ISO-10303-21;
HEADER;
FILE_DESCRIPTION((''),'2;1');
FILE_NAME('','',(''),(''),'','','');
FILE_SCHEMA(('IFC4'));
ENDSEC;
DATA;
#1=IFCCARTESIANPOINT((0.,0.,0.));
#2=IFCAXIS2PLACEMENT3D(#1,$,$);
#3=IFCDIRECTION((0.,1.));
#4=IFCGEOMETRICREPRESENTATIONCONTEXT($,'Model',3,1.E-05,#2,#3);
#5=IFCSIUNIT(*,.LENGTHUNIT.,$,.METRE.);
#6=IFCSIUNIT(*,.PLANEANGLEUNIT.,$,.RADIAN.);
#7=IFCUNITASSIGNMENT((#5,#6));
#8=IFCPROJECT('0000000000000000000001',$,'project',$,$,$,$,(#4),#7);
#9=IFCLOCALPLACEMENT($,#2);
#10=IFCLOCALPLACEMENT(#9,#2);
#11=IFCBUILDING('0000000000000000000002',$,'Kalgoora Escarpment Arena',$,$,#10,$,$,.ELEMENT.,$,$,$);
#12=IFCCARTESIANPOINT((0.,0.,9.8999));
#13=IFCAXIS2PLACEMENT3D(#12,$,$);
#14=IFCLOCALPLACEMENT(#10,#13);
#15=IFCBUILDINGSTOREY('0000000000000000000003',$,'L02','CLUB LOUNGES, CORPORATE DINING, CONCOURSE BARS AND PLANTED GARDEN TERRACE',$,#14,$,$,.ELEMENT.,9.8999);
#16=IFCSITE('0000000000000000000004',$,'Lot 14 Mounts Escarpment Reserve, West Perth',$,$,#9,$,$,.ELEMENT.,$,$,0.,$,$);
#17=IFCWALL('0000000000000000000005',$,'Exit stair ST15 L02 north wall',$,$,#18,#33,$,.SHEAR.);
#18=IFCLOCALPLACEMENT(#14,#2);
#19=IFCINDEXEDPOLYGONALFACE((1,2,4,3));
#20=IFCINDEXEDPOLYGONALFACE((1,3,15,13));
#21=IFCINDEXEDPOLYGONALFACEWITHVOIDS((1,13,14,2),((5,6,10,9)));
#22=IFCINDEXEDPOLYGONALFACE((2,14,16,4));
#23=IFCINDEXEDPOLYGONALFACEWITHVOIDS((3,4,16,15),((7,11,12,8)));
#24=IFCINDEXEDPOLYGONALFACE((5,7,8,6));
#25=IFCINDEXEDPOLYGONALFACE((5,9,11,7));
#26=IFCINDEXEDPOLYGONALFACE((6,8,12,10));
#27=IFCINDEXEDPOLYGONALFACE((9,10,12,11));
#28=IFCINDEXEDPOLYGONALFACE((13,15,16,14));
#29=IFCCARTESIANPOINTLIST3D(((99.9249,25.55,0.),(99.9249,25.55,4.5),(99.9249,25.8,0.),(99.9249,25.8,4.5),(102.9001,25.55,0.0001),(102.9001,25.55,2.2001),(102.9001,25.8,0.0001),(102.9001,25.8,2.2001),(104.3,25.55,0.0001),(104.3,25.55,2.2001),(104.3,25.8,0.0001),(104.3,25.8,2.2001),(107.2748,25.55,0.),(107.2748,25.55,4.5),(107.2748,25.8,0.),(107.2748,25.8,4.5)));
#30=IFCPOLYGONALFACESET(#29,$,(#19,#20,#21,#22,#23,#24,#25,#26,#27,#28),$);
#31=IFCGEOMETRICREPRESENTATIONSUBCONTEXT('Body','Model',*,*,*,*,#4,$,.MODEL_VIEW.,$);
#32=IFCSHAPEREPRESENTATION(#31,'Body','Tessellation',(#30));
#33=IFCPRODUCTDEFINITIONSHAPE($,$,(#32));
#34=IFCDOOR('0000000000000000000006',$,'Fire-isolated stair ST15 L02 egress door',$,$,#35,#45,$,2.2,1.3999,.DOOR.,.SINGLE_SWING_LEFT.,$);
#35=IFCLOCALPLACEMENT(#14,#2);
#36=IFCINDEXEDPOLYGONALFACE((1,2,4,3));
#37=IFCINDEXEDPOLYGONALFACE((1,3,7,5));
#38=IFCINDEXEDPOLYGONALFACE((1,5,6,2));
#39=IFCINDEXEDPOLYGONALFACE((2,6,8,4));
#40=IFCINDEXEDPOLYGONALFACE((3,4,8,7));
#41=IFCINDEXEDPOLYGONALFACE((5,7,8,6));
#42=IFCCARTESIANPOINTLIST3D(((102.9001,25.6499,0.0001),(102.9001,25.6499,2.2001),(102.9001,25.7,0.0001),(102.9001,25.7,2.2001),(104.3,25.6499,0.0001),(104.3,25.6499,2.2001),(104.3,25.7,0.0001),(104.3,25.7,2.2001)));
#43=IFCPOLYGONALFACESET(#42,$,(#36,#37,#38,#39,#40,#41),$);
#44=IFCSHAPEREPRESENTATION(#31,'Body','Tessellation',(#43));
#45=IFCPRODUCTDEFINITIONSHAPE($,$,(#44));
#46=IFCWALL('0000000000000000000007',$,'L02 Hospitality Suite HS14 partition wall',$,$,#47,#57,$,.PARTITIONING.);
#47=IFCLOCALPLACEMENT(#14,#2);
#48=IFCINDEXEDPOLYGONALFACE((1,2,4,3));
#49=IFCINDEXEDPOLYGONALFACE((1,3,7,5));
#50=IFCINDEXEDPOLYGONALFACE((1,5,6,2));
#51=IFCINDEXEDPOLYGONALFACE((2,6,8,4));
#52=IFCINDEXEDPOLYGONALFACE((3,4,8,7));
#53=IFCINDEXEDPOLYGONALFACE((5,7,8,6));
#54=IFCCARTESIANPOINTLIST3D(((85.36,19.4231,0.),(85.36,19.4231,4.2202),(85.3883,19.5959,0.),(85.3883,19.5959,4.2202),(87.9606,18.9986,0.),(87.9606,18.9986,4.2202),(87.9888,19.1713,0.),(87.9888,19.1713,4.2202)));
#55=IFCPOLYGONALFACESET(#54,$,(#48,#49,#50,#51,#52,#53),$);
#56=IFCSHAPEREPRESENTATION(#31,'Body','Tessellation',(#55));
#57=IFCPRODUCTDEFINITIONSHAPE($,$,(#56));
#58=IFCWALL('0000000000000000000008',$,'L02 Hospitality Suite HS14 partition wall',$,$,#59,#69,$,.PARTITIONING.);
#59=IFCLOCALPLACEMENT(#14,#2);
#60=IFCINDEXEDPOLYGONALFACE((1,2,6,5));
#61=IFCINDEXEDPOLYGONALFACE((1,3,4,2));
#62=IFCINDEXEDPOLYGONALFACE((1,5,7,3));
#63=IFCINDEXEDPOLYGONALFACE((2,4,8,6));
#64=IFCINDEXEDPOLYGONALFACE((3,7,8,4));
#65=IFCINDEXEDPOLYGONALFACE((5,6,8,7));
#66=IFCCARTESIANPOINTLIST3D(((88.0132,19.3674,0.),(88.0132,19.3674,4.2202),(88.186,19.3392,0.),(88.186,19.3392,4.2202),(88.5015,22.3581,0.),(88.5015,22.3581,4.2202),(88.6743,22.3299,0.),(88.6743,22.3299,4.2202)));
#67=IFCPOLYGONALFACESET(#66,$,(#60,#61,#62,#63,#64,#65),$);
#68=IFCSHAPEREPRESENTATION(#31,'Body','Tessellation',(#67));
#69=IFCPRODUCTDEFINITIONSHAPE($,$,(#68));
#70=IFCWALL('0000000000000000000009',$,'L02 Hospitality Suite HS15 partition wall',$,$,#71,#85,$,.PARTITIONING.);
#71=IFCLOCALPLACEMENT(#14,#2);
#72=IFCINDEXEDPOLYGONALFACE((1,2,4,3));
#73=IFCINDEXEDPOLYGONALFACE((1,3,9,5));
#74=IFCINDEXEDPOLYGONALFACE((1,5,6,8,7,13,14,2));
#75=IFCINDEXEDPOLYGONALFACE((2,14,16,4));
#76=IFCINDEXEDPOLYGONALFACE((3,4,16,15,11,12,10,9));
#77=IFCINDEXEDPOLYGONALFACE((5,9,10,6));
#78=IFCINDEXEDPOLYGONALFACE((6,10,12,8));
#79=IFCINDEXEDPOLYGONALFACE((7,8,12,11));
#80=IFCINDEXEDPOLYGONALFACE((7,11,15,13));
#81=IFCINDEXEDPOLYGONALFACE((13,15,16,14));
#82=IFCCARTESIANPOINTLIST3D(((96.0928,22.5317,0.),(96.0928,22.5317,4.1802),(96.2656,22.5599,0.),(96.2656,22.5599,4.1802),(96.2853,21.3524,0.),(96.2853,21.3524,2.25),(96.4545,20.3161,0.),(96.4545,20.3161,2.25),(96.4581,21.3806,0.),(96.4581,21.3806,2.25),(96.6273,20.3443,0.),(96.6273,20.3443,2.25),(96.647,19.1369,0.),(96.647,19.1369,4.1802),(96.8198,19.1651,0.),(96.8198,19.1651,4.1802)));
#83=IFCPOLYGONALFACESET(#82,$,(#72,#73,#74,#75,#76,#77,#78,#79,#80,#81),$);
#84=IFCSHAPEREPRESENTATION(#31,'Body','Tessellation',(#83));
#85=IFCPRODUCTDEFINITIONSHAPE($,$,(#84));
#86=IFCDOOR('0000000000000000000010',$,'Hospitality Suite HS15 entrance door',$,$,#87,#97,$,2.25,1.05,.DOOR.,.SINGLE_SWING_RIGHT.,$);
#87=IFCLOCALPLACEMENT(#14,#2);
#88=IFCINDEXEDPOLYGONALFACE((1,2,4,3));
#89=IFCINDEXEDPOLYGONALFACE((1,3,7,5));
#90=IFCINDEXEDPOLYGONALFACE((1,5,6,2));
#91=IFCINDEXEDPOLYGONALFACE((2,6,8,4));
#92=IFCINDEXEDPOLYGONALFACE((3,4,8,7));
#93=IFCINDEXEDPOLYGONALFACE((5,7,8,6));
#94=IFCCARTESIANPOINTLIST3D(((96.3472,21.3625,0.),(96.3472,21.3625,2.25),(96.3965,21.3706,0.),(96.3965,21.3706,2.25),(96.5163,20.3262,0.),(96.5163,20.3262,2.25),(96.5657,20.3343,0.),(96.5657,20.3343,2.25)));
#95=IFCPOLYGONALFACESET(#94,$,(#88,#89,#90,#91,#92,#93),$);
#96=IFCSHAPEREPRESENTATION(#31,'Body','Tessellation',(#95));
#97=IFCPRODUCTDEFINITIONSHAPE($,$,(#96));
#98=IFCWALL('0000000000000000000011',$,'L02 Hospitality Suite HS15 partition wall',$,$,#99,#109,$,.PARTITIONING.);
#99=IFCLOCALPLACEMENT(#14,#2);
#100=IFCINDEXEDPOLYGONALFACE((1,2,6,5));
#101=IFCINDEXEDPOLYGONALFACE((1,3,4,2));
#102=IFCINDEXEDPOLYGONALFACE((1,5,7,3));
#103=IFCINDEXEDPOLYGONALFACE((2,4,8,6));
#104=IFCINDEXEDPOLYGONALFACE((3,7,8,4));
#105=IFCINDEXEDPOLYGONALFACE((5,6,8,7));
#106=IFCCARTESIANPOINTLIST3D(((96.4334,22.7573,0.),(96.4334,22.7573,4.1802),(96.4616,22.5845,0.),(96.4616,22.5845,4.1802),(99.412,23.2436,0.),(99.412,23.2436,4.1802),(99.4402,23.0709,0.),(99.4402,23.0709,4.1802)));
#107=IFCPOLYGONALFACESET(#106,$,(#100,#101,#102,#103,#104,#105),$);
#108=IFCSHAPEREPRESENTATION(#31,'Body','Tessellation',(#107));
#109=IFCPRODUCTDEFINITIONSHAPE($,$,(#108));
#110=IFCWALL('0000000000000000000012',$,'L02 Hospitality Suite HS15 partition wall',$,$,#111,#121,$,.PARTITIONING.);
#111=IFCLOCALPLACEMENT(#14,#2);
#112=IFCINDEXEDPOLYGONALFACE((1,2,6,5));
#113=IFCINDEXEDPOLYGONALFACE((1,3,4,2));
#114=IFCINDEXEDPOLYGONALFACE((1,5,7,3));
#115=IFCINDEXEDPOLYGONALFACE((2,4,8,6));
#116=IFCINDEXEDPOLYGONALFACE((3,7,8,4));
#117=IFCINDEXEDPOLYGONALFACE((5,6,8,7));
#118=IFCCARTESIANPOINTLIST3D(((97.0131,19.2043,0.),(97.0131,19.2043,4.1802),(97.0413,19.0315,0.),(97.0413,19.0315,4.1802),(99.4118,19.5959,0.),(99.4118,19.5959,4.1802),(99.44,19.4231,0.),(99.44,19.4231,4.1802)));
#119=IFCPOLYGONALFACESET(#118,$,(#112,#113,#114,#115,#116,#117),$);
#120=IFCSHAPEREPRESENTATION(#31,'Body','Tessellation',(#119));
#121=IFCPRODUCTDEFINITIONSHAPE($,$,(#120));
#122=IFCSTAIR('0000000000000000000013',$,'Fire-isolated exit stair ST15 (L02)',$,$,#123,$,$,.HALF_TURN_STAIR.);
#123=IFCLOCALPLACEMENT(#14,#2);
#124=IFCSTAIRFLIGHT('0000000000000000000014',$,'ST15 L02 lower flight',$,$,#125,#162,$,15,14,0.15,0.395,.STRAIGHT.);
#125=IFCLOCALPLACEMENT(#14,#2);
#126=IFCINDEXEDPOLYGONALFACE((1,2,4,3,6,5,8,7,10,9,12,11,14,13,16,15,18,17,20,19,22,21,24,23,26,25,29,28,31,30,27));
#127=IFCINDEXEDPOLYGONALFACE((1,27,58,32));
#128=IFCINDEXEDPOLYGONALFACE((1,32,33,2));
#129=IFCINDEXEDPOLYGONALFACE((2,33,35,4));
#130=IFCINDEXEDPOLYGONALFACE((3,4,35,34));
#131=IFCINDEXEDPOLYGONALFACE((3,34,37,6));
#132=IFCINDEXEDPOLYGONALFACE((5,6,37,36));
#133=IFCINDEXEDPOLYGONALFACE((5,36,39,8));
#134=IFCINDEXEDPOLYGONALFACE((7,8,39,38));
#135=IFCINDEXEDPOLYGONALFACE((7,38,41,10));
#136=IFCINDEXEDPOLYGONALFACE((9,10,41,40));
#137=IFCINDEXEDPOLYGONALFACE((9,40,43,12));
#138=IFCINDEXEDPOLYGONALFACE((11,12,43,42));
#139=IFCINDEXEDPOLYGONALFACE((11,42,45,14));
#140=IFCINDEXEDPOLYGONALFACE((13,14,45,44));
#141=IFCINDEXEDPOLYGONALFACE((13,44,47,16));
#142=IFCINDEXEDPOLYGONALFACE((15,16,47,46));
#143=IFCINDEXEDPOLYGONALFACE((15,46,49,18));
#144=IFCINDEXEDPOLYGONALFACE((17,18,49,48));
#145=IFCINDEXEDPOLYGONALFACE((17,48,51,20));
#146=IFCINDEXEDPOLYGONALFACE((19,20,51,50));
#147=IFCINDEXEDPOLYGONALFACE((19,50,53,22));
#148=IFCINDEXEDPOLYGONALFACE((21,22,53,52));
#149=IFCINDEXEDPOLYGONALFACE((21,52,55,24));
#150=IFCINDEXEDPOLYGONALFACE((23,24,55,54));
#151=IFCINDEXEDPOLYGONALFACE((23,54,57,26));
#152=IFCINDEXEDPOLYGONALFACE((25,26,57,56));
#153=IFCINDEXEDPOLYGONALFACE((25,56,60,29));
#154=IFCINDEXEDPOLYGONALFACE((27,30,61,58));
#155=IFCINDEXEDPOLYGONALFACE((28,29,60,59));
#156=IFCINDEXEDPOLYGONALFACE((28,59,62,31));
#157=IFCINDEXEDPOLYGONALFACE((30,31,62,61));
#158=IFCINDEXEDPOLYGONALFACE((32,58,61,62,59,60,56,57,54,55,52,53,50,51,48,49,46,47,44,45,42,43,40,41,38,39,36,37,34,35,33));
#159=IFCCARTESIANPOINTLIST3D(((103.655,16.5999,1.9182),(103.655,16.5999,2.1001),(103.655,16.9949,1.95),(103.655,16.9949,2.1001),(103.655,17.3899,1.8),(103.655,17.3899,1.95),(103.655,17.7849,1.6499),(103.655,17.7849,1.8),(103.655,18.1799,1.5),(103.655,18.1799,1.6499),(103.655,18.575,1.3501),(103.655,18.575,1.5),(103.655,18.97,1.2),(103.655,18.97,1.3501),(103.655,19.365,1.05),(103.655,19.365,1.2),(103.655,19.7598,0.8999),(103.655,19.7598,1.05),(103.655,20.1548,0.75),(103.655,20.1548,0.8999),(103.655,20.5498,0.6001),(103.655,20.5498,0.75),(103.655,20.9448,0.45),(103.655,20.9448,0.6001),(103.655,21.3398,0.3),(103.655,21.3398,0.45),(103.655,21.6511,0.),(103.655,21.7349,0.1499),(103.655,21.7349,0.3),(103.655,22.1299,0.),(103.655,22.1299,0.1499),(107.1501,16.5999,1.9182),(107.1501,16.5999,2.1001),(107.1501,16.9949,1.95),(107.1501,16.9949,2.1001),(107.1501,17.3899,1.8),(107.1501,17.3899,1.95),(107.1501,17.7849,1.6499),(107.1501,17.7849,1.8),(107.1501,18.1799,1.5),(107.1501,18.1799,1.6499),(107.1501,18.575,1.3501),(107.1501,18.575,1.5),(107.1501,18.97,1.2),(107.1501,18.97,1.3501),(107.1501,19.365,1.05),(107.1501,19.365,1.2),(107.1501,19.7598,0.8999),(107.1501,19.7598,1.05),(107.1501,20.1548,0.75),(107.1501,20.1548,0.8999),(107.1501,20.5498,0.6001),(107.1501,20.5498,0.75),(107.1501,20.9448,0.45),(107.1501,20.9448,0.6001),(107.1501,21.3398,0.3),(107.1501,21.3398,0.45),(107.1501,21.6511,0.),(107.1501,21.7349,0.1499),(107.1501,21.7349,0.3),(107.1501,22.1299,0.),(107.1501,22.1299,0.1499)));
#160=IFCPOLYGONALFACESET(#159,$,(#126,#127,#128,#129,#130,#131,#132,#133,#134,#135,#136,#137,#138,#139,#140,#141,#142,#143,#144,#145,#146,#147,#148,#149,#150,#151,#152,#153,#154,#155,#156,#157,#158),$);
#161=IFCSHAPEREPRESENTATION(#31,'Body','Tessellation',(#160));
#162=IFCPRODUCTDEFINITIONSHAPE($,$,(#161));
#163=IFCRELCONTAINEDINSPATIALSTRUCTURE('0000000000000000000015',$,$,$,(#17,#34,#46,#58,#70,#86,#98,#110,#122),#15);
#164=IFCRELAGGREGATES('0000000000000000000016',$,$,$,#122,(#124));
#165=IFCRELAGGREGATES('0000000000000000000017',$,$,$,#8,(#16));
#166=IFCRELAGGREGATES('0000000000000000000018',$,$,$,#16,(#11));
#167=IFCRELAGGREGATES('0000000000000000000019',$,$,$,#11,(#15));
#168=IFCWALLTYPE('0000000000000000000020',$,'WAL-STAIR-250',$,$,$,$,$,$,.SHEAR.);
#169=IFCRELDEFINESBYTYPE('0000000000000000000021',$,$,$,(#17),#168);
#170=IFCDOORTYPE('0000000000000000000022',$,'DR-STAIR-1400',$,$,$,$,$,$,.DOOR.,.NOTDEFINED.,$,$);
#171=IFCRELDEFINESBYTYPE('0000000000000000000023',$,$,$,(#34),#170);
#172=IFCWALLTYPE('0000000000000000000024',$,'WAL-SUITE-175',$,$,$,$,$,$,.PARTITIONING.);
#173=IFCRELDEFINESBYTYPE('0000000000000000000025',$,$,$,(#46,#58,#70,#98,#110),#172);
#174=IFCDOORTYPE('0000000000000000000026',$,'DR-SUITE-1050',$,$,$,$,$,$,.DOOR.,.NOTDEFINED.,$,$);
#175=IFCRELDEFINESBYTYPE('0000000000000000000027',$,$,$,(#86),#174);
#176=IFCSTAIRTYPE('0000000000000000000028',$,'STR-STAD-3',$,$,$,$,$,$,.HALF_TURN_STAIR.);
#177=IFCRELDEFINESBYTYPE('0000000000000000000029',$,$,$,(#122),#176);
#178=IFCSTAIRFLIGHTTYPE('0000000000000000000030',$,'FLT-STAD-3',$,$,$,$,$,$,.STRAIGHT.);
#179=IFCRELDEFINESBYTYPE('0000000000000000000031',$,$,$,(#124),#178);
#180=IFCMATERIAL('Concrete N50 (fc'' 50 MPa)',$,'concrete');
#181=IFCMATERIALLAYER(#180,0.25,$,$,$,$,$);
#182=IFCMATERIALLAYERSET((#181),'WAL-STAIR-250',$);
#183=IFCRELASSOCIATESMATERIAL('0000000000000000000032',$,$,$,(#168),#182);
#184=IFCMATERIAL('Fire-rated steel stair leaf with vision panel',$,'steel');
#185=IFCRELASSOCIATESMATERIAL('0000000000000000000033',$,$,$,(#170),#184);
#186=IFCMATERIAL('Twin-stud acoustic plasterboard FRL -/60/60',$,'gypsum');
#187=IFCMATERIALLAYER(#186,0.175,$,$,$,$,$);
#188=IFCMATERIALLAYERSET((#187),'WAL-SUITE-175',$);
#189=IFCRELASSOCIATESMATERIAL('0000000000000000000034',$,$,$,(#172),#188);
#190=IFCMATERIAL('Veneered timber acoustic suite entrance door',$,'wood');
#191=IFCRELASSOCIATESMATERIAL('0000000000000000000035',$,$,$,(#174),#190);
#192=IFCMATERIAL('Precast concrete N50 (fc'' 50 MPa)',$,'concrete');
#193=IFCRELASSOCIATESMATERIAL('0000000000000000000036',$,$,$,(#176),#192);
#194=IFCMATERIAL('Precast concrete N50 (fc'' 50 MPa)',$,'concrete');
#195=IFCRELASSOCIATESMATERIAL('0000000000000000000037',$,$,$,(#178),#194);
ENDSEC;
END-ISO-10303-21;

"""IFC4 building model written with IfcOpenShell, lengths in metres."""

from ifc_helpers import new_model, si_unit, direction, frame, frame_2d, origin, place, context, subcontext, project, spatial, polyline, rectangle, outline, extrude, material, layer, layer_set, type_object, element, fill, aggregate, save


model = new_model("IFC4")

# Units and contexts
model_context = context("Model", 3, precision=1e-05, world=origin(), true_north=direction((0.0, 1.0)))
body_context = subcontext(model_context, "Body", "Model", "MODEL_VIEW")
ifc_project = project(units=[si_unit("LENGTHUNIT", "METRE"), si_unit("PLANEANGLEUNIT", "RADIAN")], contexts=[model_context])

# Site, building, storey
site_placement = place(None, origin())
site = spatial("IfcSite", under=ifc_project, at=site_placement, Name="Lot 14 Mounts Escarpment Reserve, West Perth", CompositionType="ELEMENT", RefElevation=0.0)
building_placement = place(site_placement, origin())
building = spatial("IfcBuilding", under=site, at=building_placement, Name="Kalgoora Escarpment Arena", CompositionType="ELEMENT")
storey_placement = place(building_placement, frame((0.0, 0.0, 9.8999)))
storey = spatial("IfcBuildingStorey", under=building, at=storey_placement, Name="L02", Description="CLUB LOUNGES, CORPORATE DINING, CONCOURSE BARS AND PLANTED GARDEN TERRACE", CompositionType="ELEMENT", Elevation=9.8999)

# Wall, opening, door
ifc_material_1 = material(Name="Concrete N50 (fc' 50 MPa)", Category="concrete")
ifc_layer_1 = layer(ifc_material_1, 0.25)
ifc_layer_set_1 = layer_set([ifc_layer_1], Name="WAL-STAIR-250")
wall_type_1 = type_object("IfcWallType", Name="WAL-STAIR-250", PredefinedType="SHEAR", material=ifc_layer_set_1)
wall_1_placement = place(storey_placement, frame((99.925, 25.675, 0.0), z_axis=(0.0, 0.0, 1.0), x_axis=(1.0, 0.0, 0.0)))
wall_1 = element("IfcWall", 1, at=wall_1_placement, inside=storey, type_object=wall_type_1, Name="Exit stair ST15 L02 north wall", PredefinedType="SHEAR", context=body_context, shape_type="SweptSolid", body=[
    extrude(rectangle(XDim=7.3499, YDim=0.25, at=frame_2d((3.6748, 0.0))), origin(), (0.0, 0.0, 1.0), 4.5),
])
opening_1_placement = place(wall_1_placement, frame((2.9751, 0.0, 0.0)))
opening_1 = element("IfcOpeningElement", 2, at=opening_1_placement, cuts=wall_1, PredefinedType="OPENING", context=body_context, shape_type="SweptSolid", body=[
    extrude(rectangle(XDim=1.3999, YDim=2.2, at=frame_2d((0.7, 1.1001))), frame((0.0, 0.135, 0.0), z_axis=(0.0, -1.0, 0.0), x_axis=(1.0, 0.0, 0.0)), (0.0, 0.0, 1.0), 0.27),
])
ifc_material_2 = material(Name="Fire-rated steel stair leaf with vision panel", Category="steel")
door_type_1 = type_object("IfcDoorType", Name="DR-STAIR-1400", OperationType="NOTDEFINED", PredefinedType="DOOR", material=ifc_material_2)
door_1_placement = place(opening_1_placement, origin())
door_1 = element("IfcDoor", 3, at=door_1_placement, inside=storey, type_object=door_type_1, Name="Fire-isolated stair ST15 L02 egress door", OperationType="SINGLE_SWING_LEFT", OverallHeight=2.2, OverallWidth=1.3999, PredefinedType="DOOR", context=body_context, shape_type="SweptSolid", body=[
    extrude(rectangle(XDim=1.3999, YDim=2.2, at=frame_2d((0.7, 1.1001))), frame((0.0, 0.0249, 0.0), z_axis=(0.0, -1.0, 0.0), x_axis=(1.0, 0.0, 0.0)), (0.0, 0.0, 1.0), 0.05),
])
fill(opening_1, door_1)

# Walls
ifc_material_3 = material(Name="Twin-stud acoustic plasterboard FRL -/60/60", Category="gypsum")
ifc_layer_2 = layer(ifc_material_3, 0.175)
ifc_layer_set_2 = layer_set([ifc_layer_2], Name="WAL-SUITE-175")
wall_type_2 = type_object("IfcWallType", Name="WAL-SUITE-175", PredefinedType="PARTITIONING", material=ifc_layer_set_2)
wall_2_placement = place(storey_placement, frame((87.9746, 19.085, 0.0), z_axis=(0.0, 0.0, 1.0), x_axis=(-0.986934, 0.161123, 0.0)))
element("IfcWall", 4, at=wall_2_placement, inside=storey, type_object=wall_type_2, Name="L02 Hospitality Suite HS14 partition wall", PredefinedType="PARTITIONING", context=body_context, shape_type="SweptSolid", body=[
    extrude(rectangle(XDim=2.635, YDim=0.175, at=frame_2d((1.3174, 0.0))), origin(), (0.0, 0.0, 1.0), 4.2202),
])
wall_3_placement = place(storey_placement, frame((88.5879, 22.344, 0.0), z_axis=(0.0, 0.0, 1.0), x_axis=(-0.161132, -0.986933, 0.0)))
element("IfcWall", 5, at=wall_3_placement, inside=storey, type_object=wall_type_2, Name="L02 Hospitality Suite HS14 partition wall", PredefinedType="PARTITIONING", context=body_context, shape_type="SweptSolid", body=[
    extrude(rectangle(XDim=3.0303, YDim=0.175, at=frame_2d((1.5151, 0.0))), origin(), (0.0, 0.0, 1.0), 4.2202),
])

# Wall, opening, door
wall_4_placement = place(storey_placement, frame((96.7334, 19.1511, 0.0), z_axis=(0.0, 0.0, 1.0), x_axis=(-0.161118, 0.986935, 0.0)))
wall_4 = element("IfcWall", 6, at=wall_4_placement, inside=storey, type_object=wall_type_2, Name="L02 Hospitality Suite HS15 partition wall", PredefinedType="PARTITIONING", context=body_context, shape_type="SweptSolid", body=[
    extrude(rectangle(XDim=3.4397, YDim=0.175, at=frame_2d((1.7197, 0.0))), origin(), (0.0, 0.0, 1.0), 4.1802),
])
opening_2_placement = place(wall_4_placement, frame((1.1948, 0.0, 0.0)))
opening_2 = element("IfcOpeningElement", 7, at=opening_2_placement, cuts=wall_4, PredefinedType="OPENING", context=body_context, shape_type="SweptSolid", body=[
    extrude(rectangle(XDim=1.05, YDim=2.25, at=frame_2d((0.5249, 1.125))), frame((0.0, 0.0974, 0.0), z_axis=(0.0, -1.0, 0.0), x_axis=(1.0, 0.0, 0.0)), (0.0, 0.0, 1.0), 0.1951),
])
ifc_material_4 = material(Name="Veneered timber acoustic suite entrance door", Category="wood")
door_type_2 = type_object("IfcDoorType", Name="DR-SUITE-1050", OperationType="NOTDEFINED", PredefinedType="DOOR", material=ifc_material_4)
door_2_placement = place(opening_2_placement, origin())
door_2 = element("IfcDoor", 8, at=door_2_placement, inside=storey, type_object=door_type_2, Name="Hospitality Suite HS15 entrance door", OperationType="SINGLE_SWING_RIGHT", OverallHeight=2.25, OverallWidth=1.05, PredefinedType="DOOR", context=body_context, shape_type="SweptSolid", body=[
    extrude(rectangle(XDim=1.05, YDim=2.25, at=frame_2d((0.5249, 1.125))), frame((0.0, 0.0249, 0.0), z_axis=(0.0, -1.0, 0.0), x_axis=(1.0, 0.0, 0.0)), (0.0, 0.0, 1.0), 0.05),
])
fill(opening_2, door_2)

# Walls
wall_5_placement = place(storey_placement, frame((96.4475, 22.6709, 0.0), z_axis=(0.0, 0.0, 1.0), x_axis=(0.986931, 0.161145, 0.0)))
element("IfcWall", 9, at=wall_5_placement, inside=storey, type_object=wall_type_2, Name="L02 Hospitality Suite HS15 partition wall", PredefinedType="PARTITIONING", context=body_context, shape_type="SweptSolid", body=[
    extrude(rectangle(XDim=3.0181, YDim=0.175, at=frame_2d((1.509, 0.0))), origin(), (0.0, 0.0, 1.0), 4.1802),
])
wall_6_placement = place(storey_placement, frame((99.426, 19.5095, 0.0), z_axis=(0.0, 0.0, 1.0), x_axis=(-0.986934, -0.161124, 0.0)))
element("IfcWall", 10, at=wall_6_placement, inside=storey, type_object=wall_type_2, Name="L02 Hospitality Suite HS15 partition wall", PredefinedType="PARTITIONING", context=body_context, shape_type="SweptSolid", body=[
    extrude(rectangle(XDim=2.4304, YDim=0.175, at=frame_2d((1.2153, 0.0))), origin(), (0.0, 0.0, 1.0), 4.1802),
])

# Stair, stair flight
ifc_material_5 = material(Name="Precast concrete N50 (fc' 50 MPa)", Category="concrete")
stair_type = type_object("IfcStairType", Name="STR-STAD-3", PredefinedType="HALF_TURN_STAIR", material=ifc_material_5)
stair_placement = place(storey_placement, origin())
stair = element("IfcStair", 11, at=stair_placement, inside=storey, type_object=stair_type, Name="Fire-isolated exit stair ST15 (L02)", PredefinedType="HALF_TURN_STAIR")
ifc_material_6 = material(Name="Precast concrete N50 (fc' 50 MPa)", Category="concrete")
stair_flight_type = type_object("IfcStairFlightType", Name="FLT-STAD-3", PredefinedType="STRAIGHT", material=ifc_material_6)
stair_flight_1_placement = place(storey_placement, frame((105.4026, 22.1299, 0.0), z_axis=(0.0, 0.0, 1.0), x_axis=(0.0, -1.0, 0.0)))
stair_flight_1 = element("IfcStairFlight", 12, at=stair_flight_1_placement, type_object=stair_flight_type, Name="ST15 L02 lower flight", NumberOfRisers=15, NumberOfTreads=14, PredefinedType="STRAIGHT", RiserHeight=0.15, TreadLength=0.395, context=body_context, shape_type="SweptSolid", body=[
    extrude(outline(polyline([(0.0, 0.0), (0.0, 0.1499), (0.395, 0.1499), (0.395, 0.3), (0.79, 0.3), (0.79, 0.45), (1.1851, 0.45), (1.1851, 0.6001), (1.5801, 0.6001), (1.5801, 0.75), (1.9751, 0.75), (1.9751, 0.8999), (2.3701, 0.8999), (2.3701, 1.05), (2.7649, 1.05), (2.7649, 1.2), (3.1599, 1.2), (3.1599, 1.3501), (3.5549, 1.3501), (3.5549, 1.5), (3.95, 1.5), (3.95, 1.6499), (4.345, 1.6499), (4.345, 1.8), (4.74, 1.8), (4.74, 1.95), (5.135, 1.95), (5.135, 2.1001), (5.53, 2.1001), (5.53, 2.25), (5.53, 1.9182), (0.4788, 0.0), (0.0, 0.0)])), frame((0.0, 1.7476, 0.0), z_axis=(0.0, -1.0, 0.0), x_axis=(1.0, 0.0, 0.0)), (0.0, 0.0, 1.0), 3.4951),
])
aggregate(stair, [stair_flight_1])

save(model, "model.ifc")
